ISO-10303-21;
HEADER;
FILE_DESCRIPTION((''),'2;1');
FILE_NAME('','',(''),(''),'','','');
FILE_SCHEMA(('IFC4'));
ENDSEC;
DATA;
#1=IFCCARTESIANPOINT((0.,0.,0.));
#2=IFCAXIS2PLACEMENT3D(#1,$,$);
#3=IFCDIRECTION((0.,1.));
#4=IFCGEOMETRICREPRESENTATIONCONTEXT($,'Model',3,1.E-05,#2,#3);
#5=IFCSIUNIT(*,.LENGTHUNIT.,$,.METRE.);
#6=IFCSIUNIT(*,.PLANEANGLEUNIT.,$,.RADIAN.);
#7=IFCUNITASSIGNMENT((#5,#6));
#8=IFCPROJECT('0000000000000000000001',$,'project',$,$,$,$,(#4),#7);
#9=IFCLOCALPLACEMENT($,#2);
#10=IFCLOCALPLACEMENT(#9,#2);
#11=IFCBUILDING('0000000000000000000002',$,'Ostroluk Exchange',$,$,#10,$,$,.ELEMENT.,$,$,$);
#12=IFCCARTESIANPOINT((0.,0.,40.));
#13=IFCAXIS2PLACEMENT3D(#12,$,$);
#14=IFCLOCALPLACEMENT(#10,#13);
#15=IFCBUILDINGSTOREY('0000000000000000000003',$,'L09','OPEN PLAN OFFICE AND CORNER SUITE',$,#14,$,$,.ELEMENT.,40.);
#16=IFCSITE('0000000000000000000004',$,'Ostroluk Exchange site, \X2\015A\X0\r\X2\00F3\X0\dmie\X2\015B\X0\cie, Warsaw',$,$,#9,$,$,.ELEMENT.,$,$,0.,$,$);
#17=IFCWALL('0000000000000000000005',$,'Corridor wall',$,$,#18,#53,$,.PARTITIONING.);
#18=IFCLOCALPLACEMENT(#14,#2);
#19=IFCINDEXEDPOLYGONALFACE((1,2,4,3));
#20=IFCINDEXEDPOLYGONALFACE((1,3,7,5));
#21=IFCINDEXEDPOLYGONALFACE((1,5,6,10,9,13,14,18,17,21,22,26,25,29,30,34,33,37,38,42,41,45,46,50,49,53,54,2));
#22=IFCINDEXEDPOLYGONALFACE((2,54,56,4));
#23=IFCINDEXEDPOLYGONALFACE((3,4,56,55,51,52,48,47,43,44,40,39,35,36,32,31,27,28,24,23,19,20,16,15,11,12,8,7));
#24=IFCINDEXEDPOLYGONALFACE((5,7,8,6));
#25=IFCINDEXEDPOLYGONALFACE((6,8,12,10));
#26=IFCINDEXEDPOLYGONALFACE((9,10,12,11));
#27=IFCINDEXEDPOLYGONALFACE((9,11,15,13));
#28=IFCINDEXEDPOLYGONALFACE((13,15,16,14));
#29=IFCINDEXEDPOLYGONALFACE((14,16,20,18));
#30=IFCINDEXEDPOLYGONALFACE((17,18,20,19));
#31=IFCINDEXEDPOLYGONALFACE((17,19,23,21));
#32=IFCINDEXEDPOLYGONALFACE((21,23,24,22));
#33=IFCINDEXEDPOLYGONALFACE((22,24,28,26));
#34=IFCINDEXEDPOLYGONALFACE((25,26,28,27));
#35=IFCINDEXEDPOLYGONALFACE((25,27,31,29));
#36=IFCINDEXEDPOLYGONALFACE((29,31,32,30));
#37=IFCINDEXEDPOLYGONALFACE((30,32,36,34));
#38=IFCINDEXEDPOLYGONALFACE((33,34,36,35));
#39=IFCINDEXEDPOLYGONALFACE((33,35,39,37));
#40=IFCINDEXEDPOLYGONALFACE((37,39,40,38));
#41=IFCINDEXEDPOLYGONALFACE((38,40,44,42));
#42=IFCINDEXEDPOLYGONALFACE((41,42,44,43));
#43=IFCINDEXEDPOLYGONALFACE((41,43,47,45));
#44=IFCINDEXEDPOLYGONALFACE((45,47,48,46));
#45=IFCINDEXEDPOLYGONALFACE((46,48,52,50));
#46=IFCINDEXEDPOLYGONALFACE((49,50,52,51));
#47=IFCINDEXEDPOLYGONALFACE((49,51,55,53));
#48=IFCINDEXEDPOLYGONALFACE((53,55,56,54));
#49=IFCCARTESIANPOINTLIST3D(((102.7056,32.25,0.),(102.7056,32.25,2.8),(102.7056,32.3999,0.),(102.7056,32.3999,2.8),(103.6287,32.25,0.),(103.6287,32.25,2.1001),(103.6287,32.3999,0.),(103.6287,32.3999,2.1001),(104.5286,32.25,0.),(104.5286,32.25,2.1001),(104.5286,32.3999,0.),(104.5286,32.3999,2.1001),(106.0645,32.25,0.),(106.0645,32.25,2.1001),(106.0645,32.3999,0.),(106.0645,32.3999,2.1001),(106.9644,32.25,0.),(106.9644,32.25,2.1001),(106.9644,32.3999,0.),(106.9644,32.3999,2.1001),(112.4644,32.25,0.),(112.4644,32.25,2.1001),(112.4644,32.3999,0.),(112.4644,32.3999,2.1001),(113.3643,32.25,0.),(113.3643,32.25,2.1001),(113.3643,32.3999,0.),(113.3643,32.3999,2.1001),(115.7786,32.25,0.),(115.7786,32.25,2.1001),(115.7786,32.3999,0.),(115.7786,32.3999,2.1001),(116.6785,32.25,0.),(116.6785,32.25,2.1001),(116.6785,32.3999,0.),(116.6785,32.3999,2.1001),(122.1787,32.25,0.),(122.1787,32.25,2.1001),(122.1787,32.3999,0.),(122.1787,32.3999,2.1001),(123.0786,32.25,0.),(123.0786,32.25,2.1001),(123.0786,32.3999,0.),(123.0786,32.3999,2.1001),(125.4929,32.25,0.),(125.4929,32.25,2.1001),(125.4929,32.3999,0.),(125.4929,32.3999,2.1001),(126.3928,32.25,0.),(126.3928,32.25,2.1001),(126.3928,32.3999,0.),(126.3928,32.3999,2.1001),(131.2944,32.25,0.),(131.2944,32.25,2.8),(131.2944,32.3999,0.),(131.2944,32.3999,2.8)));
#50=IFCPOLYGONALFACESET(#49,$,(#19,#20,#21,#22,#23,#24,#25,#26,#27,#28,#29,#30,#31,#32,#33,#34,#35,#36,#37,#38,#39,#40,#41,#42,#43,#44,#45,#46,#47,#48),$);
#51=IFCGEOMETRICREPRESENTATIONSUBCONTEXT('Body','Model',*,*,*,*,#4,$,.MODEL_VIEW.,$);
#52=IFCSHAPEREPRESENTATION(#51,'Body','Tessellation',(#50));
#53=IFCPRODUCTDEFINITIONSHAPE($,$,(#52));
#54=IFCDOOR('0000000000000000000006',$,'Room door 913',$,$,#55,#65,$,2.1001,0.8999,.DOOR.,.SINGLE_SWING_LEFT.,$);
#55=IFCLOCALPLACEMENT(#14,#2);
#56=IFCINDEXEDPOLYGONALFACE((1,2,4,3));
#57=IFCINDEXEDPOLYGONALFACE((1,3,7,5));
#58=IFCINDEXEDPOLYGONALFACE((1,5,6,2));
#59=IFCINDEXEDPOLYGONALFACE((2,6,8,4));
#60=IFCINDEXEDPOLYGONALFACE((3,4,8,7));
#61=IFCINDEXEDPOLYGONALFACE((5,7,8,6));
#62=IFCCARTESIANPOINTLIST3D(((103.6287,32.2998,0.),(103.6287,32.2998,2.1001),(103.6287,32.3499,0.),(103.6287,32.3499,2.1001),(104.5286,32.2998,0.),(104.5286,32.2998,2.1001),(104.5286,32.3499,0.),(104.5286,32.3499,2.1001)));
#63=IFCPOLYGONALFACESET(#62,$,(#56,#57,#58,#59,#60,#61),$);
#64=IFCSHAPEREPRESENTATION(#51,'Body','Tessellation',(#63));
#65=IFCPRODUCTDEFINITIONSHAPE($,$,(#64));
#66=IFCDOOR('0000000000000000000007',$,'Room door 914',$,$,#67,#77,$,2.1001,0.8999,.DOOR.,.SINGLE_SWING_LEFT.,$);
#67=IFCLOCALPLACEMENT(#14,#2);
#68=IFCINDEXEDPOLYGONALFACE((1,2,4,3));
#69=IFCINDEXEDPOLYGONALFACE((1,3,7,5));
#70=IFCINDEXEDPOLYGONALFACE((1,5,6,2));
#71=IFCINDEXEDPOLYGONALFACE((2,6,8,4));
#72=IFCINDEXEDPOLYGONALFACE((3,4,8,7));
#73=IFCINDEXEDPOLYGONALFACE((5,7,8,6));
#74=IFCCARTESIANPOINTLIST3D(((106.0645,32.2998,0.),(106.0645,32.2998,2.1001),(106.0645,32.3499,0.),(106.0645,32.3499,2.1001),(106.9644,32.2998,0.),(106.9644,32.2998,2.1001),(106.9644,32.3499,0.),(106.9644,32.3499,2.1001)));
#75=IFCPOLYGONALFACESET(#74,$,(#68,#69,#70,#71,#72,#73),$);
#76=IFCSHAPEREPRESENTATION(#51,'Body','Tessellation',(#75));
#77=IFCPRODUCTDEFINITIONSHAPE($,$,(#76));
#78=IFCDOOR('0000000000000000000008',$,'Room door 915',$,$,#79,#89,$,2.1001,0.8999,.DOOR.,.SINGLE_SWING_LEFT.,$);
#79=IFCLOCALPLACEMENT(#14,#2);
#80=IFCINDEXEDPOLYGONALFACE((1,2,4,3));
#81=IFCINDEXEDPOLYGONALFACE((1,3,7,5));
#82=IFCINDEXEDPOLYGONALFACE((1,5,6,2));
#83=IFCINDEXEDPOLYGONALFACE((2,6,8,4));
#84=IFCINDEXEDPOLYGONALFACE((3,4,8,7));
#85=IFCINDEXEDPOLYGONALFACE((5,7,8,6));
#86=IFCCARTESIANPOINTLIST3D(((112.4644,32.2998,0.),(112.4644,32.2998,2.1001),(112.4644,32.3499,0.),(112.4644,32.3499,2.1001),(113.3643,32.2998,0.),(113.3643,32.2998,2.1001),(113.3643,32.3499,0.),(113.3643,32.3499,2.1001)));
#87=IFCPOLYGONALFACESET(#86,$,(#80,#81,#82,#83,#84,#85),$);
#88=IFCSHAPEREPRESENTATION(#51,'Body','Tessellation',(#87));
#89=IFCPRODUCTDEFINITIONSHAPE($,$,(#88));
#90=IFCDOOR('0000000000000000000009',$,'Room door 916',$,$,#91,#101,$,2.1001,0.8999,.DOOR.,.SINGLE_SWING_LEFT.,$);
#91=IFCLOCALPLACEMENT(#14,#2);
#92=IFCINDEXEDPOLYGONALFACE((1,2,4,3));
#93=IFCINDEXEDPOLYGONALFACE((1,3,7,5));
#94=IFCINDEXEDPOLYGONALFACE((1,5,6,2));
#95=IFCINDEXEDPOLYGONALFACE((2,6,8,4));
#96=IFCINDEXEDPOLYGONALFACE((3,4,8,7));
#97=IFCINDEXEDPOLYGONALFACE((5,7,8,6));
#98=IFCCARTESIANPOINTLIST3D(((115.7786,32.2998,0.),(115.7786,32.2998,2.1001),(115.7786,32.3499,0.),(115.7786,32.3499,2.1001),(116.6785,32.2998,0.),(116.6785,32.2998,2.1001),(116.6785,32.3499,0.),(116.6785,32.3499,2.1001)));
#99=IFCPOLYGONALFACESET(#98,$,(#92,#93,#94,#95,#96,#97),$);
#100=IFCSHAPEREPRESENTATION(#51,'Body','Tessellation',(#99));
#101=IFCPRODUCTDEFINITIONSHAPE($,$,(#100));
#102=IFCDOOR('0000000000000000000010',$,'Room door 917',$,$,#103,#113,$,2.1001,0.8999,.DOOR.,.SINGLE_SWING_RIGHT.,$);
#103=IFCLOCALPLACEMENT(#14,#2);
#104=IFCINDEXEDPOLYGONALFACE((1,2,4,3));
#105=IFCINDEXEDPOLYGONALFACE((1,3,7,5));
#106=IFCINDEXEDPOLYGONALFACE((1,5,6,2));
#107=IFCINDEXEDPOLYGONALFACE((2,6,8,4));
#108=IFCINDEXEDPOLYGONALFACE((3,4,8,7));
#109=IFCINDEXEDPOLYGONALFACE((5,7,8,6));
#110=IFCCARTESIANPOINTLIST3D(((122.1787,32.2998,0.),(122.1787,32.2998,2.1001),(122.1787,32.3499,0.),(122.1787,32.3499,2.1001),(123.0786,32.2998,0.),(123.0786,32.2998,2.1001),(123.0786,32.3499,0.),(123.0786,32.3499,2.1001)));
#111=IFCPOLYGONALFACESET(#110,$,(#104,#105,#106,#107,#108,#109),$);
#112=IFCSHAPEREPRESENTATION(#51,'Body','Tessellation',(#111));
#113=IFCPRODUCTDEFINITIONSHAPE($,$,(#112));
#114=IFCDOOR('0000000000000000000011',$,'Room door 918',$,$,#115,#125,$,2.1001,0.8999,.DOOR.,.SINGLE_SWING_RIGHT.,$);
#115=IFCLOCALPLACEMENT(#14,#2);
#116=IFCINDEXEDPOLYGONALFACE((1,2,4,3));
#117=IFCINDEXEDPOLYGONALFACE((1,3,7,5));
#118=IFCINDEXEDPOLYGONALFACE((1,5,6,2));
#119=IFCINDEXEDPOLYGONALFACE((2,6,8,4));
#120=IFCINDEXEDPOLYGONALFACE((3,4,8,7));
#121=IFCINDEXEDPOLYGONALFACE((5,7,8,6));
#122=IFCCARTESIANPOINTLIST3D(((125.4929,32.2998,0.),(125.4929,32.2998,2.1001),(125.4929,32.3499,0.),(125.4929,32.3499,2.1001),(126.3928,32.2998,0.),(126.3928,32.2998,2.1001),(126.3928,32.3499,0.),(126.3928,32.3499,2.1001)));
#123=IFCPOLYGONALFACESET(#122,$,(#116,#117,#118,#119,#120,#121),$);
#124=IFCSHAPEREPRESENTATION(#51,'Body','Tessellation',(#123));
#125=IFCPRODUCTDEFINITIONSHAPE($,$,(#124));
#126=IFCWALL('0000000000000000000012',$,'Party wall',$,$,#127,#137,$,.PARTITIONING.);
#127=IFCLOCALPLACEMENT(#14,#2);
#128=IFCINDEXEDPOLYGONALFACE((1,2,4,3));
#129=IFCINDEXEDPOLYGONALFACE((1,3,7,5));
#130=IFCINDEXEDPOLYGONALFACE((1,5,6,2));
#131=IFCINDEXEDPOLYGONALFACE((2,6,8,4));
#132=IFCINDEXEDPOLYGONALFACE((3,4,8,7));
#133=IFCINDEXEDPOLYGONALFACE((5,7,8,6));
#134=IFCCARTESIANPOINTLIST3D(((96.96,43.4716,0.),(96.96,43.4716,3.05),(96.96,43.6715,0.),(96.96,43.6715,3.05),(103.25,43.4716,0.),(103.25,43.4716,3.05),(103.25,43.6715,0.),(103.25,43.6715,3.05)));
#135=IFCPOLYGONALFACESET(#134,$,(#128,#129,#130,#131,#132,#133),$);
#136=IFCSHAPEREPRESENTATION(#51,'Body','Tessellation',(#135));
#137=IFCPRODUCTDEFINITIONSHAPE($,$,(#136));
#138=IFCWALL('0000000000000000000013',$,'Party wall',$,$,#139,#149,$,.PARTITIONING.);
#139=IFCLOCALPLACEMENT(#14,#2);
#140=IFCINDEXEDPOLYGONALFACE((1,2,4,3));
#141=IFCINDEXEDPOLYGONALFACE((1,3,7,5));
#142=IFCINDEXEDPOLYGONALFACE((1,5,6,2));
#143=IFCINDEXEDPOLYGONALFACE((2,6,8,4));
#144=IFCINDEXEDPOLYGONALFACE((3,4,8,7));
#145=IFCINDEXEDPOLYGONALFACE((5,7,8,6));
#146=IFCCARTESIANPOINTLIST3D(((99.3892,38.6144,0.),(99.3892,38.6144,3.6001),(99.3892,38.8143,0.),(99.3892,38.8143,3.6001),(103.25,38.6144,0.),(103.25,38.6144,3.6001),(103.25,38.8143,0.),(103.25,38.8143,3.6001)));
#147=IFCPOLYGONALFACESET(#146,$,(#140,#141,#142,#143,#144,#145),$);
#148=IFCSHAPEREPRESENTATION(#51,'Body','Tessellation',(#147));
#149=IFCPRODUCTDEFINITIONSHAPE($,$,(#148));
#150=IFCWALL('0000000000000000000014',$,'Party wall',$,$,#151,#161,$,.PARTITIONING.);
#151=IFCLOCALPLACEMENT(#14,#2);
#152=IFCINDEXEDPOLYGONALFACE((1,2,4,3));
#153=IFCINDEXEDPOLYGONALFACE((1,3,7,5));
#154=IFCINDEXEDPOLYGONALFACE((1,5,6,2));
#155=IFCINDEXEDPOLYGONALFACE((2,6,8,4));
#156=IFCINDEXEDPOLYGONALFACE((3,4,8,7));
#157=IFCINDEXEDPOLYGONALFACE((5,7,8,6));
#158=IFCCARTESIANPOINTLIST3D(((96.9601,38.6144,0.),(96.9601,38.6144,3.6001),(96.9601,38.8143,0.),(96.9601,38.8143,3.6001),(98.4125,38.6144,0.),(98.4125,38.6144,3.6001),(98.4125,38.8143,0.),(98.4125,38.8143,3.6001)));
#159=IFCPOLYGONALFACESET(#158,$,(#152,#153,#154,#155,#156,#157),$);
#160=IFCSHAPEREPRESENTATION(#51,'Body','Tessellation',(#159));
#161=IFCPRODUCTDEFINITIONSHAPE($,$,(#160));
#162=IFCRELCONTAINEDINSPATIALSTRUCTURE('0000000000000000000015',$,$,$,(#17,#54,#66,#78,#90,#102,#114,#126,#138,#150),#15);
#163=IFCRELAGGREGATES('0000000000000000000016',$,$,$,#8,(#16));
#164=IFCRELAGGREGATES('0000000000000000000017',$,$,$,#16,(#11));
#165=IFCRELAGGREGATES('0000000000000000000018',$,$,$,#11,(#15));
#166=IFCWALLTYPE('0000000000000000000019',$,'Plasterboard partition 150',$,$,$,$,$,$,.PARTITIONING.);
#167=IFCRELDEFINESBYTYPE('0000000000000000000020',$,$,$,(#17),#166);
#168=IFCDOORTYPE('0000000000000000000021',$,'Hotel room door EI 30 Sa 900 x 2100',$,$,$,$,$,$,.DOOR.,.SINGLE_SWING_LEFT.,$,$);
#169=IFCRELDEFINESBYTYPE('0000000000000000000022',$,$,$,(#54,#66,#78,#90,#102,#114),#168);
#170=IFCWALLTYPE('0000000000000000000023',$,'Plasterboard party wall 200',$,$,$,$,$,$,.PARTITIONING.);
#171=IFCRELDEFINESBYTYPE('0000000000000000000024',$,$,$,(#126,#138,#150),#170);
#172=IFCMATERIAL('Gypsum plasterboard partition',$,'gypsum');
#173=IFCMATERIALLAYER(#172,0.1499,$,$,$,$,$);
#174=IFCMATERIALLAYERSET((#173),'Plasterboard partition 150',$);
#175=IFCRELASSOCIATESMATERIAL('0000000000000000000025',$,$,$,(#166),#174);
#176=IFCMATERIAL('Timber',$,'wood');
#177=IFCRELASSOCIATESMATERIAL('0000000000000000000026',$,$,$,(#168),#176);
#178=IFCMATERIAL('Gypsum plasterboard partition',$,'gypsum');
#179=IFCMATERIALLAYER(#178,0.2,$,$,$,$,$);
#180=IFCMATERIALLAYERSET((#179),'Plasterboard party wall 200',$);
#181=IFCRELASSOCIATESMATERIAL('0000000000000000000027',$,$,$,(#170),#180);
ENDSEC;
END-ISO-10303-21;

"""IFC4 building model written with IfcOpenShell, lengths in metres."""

from ifc_helpers import new_model, si_unit, direction, frame, frame_2d, origin, place, context, subcontext, project, spatial, rectangle, extrude, material, layer, layer_set, type_object, element, fill, save


model = new_model("IFC4")

# Units and contexts
model_context = context("Model", 3, precision=1e-05, world=origin(), true_north=direction((0.0, 1.0)))
body_context = subcontext(model_context, "Body", "Model", "MODEL_VIEW")
ifc_project = project(units=[si_unit("LENGTHUNIT", "METRE"), si_unit("PLANEANGLEUNIT", "RADIAN")], contexts=[model_context])

# Site, building, storey
site_placement = place(None, origin())
site = spatial("IfcSite", under=ifc_project, at=site_placement, Name="Ostroluk Exchange site, Śródmieście, Warsaw", CompositionType="ELEMENT", RefElevation=0.0)
building_placement = place(site_placement, origin())
building = spatial("IfcBuilding", under=site, at=building_placement, Name="Ostroluk Exchange", CompositionType="ELEMENT")
storey_placement = place(building_placement, frame((0.0, 0.0, 40.0)))
storey = spatial("IfcBuildingStorey", under=building, at=storey_placement, Name="L09", Description="OPEN PLAN OFFICE AND CORNER SUITE", CompositionType="ELEMENT", Elevation=40.0)

# Wall, openings, doors
ifc_material_1 = material(Name="Gypsum plasterboard partition", Category="gypsum")
ifc_layer_1 = layer(ifc_material_1, 0.1499)
ifc_layer_set_1 = layer_set([ifc_layer_1], Name="Plasterboard partition 150")
wall_type_1 = type_object("IfcWallType", Name="Plasterboard partition 150", PredefinedType="PARTITIONING", material=ifc_layer_set_1)
wall_1_placement = place(storey_placement, frame((102.7056, 32.325, 0.0), z_axis=(0.0, 0.0, 1.0), x_axis=(1.0, 0.0, 0.0)))
wall_1 = element("IfcWall", 1, at=wall_1_placement, inside=storey, type_object=wall_type_1, Name="Corridor wall", PredefinedType="PARTITIONING", context=body_context, shape_type="SweptSolid", body=[
    extrude(rectangle(XDim=28.5889, YDim=0.1499, at=frame_2d((14.2944, 0.0))), origin(), (0.0, 0.0, 1.0), 2.8),
])
opening_1_placement = place(wall_1_placement, frame((0.9231, 0.0, 0.0)))
opening_1 = element("IfcOpeningElement", 2, at=opening_1_placement, cuts=wall_1, PredefinedType="OPENING", context=body_context, shape_type="SweptSolid", body=[
    extrude(rectangle(XDim=0.8999, YDim=2.1001, at=frame_2d((0.45, 1.05))), frame((0.0, 0.085, 0.0), z_axis=(0.0, -1.0, 0.0), x_axis=(1.0, 0.0, 0.0)), (0.0, 0.0, 1.0), 0.1699),
])
opening_2_placement = place(wall_1_placement, frame((3.3589, 0.0, 0.0)))
opening_2 = element("IfcOpeningElement", 3, at=opening_2_placement, cuts=wall_1, PredefinedType="OPENING", context=body_context, shape_type="SweptSolid", body=[
    extrude(rectangle(XDim=0.8999, YDim=2.1001, at=frame_2d((0.45, 1.05))), frame((0.0, 0.085, 0.0), z_axis=(0.0, -1.0, 0.0), x_axis=(1.0, 0.0, 0.0)), (0.0, 0.0, 1.0), 0.1699),
])
opening_3_placement = place(wall_1_placement, frame((9.7588, 0.0, 0.0)))
opening_3 = element("IfcOpeningElement", 4, at=opening_3_placement, cuts=wall_1, PredefinedType="OPENING", context=body_context, shape_type="SweptSolid", body=[
    extrude(rectangle(XDim=0.8999, YDim=2.1001, at=frame_2d((0.45, 1.05))), frame((0.0, 0.085, 0.0), z_axis=(0.0, -1.0, 0.0), x_axis=(1.0, 0.0, 0.0)), (0.0, 0.0, 1.0), 0.1699),
])
opening_4_placement = place(wall_1_placement, frame((13.073, 0.0, 0.0)))
opening_4 = element("IfcOpeningElement", 5, at=opening_4_placement, cuts=wall_1, PredefinedType="OPENING", context=body_context, shape_type="SweptSolid", body=[
    extrude(rectangle(XDim=0.8999, YDim=2.1001, at=frame_2d((0.45, 1.05))), frame((0.0, 0.085, 0.0), z_axis=(0.0, -1.0, 0.0), x_axis=(1.0, 0.0, 0.0)), (0.0, 0.0, 1.0), 0.1699),
])
opening_5_placement = place(wall_1_placement, frame((19.4731, 0.0, 0.0)))
opening_5 = element("IfcOpeningElement", 6, at=opening_5_placement, cuts=wall_1, PredefinedType="OPENING", context=body_context, shape_type="SweptSolid", body=[
    extrude(rectangle(XDim=0.8999, YDim=2.1001, at=frame_2d((0.45, 1.05))), frame((0.0, 0.085, 0.0), z_axis=(0.0, -1.0, 0.0), x_axis=(1.0, 0.0, 0.0)), (0.0, 0.0, 1.0), 0.1699),
])
opening_6_placement = place(wall_1_placement, frame((22.7874, 0.0, 0.0)))
opening_6 = element("IfcOpeningElement", 7, at=opening_6_placement, cuts=wall_1, PredefinedType="OPENING", context=body_context, shape_type="SweptSolid", body=[
    extrude(rectangle(XDim=0.8999, YDim=2.1001, at=frame_2d((0.45, 1.05))), frame((0.0, 0.085, 0.0), z_axis=(0.0, -1.0, 0.0), x_axis=(1.0, 0.0, 0.0)), (0.0, 0.0, 1.0), 0.1699),
])
ifc_material_2 = material(Name="Timber", Category="wood")
door_type_1 = type_object("IfcDoorType", Name="Hotel room door EI 30 Sa 900 x 2100", OperationType="SINGLE_SWING_LEFT", PredefinedType="DOOR", material=ifc_material_2)
door_1_placement = place(opening_1_placement, origin())
door_1 = element("IfcDoor", 8, at=door_1_placement, inside=storey, type_object=door_type_1, Name="Room door 913", OperationType="SINGLE_SWING_LEFT", OverallHeight=2.1001, OverallWidth=0.8999, PredefinedType="DOOR", context=body_context, shape_type="SweptSolid", body=[
    extrude(rectangle(XDim=0.8999, YDim=2.1001, at=frame_2d((0.45, 1.05))), frame((0.0, 0.0249, 0.0), z_axis=(0.0, -1.0, 0.0), x_axis=(1.0, 0.0, 0.0)), (0.0, 0.0, 1.0), 0.05),
])
fill(opening_1, door_1)
door_2_placement = place(opening_2_placement, origin())
door_2 = element("IfcDoor", 9, at=door_2_placement, inside=storey, type_object=door_type_1, Name="Room door 914", OperationType="SINGLE_SWING_LEFT", OverallHeight=2.1001, OverallWidth=0.8999, PredefinedType="DOOR", context=body_context, shape_type="SweptSolid", body=[
    extrude(rectangle(XDim=0.8999, YDim=2.1001, at=frame_2d((0.45, 1.05))), frame((0.0, 0.0249, 0.0), z_axis=(0.0, -1.0, 0.0), x_axis=(1.0, 0.0, 0.0)), (0.0, 0.0, 1.0), 0.05),
])
fill(opening_2, door_2)
door_3_placement = place(opening_3_placement, origin())
door_3 = element("IfcDoor", 10, at=door_3_placement, inside=storey, type_object=door_type_1, Name="Room door 915", OperationType="SINGLE_SWING_LEFT", OverallHeight=2.1001, OverallWidth=0.8999, PredefinedType="DOOR", context=body_context, shape_type="SweptSolid", body=[
    extrude(rectangle(XDim=0.8999, YDim=2.1001, at=frame_2d((0.45, 1.05))), frame((0.0, 0.0249, 0.0), z_axis=(0.0, -1.0, 0.0), x_axis=(1.0, 0.0, 0.0)), (0.0, 0.0, 1.0), 0.05),
])
fill(opening_3, door_3)
door_4_placement = place(opening_4_placement, origin())
door_4 = element("IfcDoor", 11, at=door_4_placement, inside=storey, type_object=door_type_1, Name="Room door 916", OperationType="SINGLE_SWING_LEFT", OverallHeight=2.1001, OverallWidth=0.8999, PredefinedType="DOOR", context=body_context, shape_type="SweptSolid", body=[
    extrude(rectangle(XDim=0.8999, YDim=2.1001, at=frame_2d((0.45, 1.05))), frame((0.0, 0.0249, 0.0), z_axis=(0.0, -1.0, 0.0), x_axis=(1.0, 0.0, 0.0)), (0.0, 0.0, 1.0), 0.05),
])
fill(opening_4, door_4)
door_5_placement = place(opening_5_placement, origin())
door_5 = element("IfcDoor", 12, at=door_5_placement, inside=storey, type_object=door_type_1, Name="Room door 917", OperationType="SINGLE_SWING_RIGHT", OverallHeight=2.1001, OverallWidth=0.8999, PredefinedType="DOOR", context=body_context, shape_type="SweptSolid", body=[
    extrude(rectangle(XDim=0.8999, YDim=2.1001, at=frame_2d((0.45, 1.05))), frame((0.0, 0.0249, 0.0), z_axis=(0.0, -1.0, 0.0), x_axis=(1.0, 0.0, 0.0)), (0.0, 0.0, 1.0), 0.05),
])
fill(opening_5, door_5)
door_6_placement = place(opening_6_placement, origin())
door_6 = element("IfcDoor", 13, at=door_6_placement, inside=storey, type_object=door_type_1, Name="Room door 918", OperationType="SINGLE_SWING_RIGHT", OverallHeight=2.1001, OverallWidth=0.8999, PredefinedType="DOOR", context=body_context, shape_type="SweptSolid", body=[
    extrude(rectangle(XDim=0.8999, YDim=2.1001, at=frame_2d((0.45, 1.05))), frame((0.0, 0.0249, 0.0), z_axis=(0.0, -1.0, 0.0), x_axis=(1.0, 0.0, 0.0)), (0.0, 0.0, 1.0), 0.05),
])
fill(opening_6, door_6)

# Walls
ifc_material_3 = material(Name="Gypsum plasterboard partition", Category="gypsum")
ifc_layer_2 = layer(ifc_material_3, 0.2)
ifc_layer_set_2 = layer_set([ifc_layer_2], Name="Plasterboard party wall 200")
wall_type_2 = type_object("IfcWallType", Name="Plasterboard party wall 200", PredefinedType="PARTITIONING", material=ifc_layer_set_2)
wall_2_placement = place(storey_placement, frame((103.25, 43.5715, 0.0), z_axis=(0.0, 0.0, 1.0), x_axis=(-1.0, 0.0, 0.0)))
element("IfcWall", 14, at=wall_2_placement, inside=storey, type_object=wall_type_2, Name="Party wall", PredefinedType="PARTITIONING", context=body_context, shape_type="SweptSolid", body=[
    extrude(rectangle(XDim=6.29, YDim=0.2, at=frame_2d((3.145, 0.0))), origin(), (0.0, 0.0, 1.0), 3.05),
])
wall_3_placement = place(storey_placement, frame((103.25, 38.7144, 0.0), z_axis=(0.0, 0.0, 1.0), x_axis=(-1.0, 0.0, 0.0)))
element("IfcWall", 15, at=wall_3_placement, inside=storey, type_object=wall_type_2, Name="Party wall", PredefinedType="PARTITIONING", context=body_context, shape_type="SweptSolid", body=[
    extrude(rectangle(XDim=3.8608, YDim=0.2, at=frame_2d((1.9304, 0.0))), origin(), (0.0, 0.0, 1.0), 3.6001),
])
wall_4_placement = place(storey_placement, frame((98.4124, 38.7144, 0.0), z_axis=(0.0, 0.0, 1.0), x_axis=(-1.0, 0.0, 0.0)))
element("IfcWall", 16, at=wall_4_placement, inside=storey, type_object=wall_type_2, Name="Party wall", PredefinedType="PARTITIONING", context=body_context, shape_type="SweptSolid", body=[
    extrude(rectangle(XDim=1.4524, YDim=0.2, at=frame_2d((0.7261, 0.0))), origin(), (0.0, 0.0, 1.0), 3.6001),
])

save(model, "model.ifc")
